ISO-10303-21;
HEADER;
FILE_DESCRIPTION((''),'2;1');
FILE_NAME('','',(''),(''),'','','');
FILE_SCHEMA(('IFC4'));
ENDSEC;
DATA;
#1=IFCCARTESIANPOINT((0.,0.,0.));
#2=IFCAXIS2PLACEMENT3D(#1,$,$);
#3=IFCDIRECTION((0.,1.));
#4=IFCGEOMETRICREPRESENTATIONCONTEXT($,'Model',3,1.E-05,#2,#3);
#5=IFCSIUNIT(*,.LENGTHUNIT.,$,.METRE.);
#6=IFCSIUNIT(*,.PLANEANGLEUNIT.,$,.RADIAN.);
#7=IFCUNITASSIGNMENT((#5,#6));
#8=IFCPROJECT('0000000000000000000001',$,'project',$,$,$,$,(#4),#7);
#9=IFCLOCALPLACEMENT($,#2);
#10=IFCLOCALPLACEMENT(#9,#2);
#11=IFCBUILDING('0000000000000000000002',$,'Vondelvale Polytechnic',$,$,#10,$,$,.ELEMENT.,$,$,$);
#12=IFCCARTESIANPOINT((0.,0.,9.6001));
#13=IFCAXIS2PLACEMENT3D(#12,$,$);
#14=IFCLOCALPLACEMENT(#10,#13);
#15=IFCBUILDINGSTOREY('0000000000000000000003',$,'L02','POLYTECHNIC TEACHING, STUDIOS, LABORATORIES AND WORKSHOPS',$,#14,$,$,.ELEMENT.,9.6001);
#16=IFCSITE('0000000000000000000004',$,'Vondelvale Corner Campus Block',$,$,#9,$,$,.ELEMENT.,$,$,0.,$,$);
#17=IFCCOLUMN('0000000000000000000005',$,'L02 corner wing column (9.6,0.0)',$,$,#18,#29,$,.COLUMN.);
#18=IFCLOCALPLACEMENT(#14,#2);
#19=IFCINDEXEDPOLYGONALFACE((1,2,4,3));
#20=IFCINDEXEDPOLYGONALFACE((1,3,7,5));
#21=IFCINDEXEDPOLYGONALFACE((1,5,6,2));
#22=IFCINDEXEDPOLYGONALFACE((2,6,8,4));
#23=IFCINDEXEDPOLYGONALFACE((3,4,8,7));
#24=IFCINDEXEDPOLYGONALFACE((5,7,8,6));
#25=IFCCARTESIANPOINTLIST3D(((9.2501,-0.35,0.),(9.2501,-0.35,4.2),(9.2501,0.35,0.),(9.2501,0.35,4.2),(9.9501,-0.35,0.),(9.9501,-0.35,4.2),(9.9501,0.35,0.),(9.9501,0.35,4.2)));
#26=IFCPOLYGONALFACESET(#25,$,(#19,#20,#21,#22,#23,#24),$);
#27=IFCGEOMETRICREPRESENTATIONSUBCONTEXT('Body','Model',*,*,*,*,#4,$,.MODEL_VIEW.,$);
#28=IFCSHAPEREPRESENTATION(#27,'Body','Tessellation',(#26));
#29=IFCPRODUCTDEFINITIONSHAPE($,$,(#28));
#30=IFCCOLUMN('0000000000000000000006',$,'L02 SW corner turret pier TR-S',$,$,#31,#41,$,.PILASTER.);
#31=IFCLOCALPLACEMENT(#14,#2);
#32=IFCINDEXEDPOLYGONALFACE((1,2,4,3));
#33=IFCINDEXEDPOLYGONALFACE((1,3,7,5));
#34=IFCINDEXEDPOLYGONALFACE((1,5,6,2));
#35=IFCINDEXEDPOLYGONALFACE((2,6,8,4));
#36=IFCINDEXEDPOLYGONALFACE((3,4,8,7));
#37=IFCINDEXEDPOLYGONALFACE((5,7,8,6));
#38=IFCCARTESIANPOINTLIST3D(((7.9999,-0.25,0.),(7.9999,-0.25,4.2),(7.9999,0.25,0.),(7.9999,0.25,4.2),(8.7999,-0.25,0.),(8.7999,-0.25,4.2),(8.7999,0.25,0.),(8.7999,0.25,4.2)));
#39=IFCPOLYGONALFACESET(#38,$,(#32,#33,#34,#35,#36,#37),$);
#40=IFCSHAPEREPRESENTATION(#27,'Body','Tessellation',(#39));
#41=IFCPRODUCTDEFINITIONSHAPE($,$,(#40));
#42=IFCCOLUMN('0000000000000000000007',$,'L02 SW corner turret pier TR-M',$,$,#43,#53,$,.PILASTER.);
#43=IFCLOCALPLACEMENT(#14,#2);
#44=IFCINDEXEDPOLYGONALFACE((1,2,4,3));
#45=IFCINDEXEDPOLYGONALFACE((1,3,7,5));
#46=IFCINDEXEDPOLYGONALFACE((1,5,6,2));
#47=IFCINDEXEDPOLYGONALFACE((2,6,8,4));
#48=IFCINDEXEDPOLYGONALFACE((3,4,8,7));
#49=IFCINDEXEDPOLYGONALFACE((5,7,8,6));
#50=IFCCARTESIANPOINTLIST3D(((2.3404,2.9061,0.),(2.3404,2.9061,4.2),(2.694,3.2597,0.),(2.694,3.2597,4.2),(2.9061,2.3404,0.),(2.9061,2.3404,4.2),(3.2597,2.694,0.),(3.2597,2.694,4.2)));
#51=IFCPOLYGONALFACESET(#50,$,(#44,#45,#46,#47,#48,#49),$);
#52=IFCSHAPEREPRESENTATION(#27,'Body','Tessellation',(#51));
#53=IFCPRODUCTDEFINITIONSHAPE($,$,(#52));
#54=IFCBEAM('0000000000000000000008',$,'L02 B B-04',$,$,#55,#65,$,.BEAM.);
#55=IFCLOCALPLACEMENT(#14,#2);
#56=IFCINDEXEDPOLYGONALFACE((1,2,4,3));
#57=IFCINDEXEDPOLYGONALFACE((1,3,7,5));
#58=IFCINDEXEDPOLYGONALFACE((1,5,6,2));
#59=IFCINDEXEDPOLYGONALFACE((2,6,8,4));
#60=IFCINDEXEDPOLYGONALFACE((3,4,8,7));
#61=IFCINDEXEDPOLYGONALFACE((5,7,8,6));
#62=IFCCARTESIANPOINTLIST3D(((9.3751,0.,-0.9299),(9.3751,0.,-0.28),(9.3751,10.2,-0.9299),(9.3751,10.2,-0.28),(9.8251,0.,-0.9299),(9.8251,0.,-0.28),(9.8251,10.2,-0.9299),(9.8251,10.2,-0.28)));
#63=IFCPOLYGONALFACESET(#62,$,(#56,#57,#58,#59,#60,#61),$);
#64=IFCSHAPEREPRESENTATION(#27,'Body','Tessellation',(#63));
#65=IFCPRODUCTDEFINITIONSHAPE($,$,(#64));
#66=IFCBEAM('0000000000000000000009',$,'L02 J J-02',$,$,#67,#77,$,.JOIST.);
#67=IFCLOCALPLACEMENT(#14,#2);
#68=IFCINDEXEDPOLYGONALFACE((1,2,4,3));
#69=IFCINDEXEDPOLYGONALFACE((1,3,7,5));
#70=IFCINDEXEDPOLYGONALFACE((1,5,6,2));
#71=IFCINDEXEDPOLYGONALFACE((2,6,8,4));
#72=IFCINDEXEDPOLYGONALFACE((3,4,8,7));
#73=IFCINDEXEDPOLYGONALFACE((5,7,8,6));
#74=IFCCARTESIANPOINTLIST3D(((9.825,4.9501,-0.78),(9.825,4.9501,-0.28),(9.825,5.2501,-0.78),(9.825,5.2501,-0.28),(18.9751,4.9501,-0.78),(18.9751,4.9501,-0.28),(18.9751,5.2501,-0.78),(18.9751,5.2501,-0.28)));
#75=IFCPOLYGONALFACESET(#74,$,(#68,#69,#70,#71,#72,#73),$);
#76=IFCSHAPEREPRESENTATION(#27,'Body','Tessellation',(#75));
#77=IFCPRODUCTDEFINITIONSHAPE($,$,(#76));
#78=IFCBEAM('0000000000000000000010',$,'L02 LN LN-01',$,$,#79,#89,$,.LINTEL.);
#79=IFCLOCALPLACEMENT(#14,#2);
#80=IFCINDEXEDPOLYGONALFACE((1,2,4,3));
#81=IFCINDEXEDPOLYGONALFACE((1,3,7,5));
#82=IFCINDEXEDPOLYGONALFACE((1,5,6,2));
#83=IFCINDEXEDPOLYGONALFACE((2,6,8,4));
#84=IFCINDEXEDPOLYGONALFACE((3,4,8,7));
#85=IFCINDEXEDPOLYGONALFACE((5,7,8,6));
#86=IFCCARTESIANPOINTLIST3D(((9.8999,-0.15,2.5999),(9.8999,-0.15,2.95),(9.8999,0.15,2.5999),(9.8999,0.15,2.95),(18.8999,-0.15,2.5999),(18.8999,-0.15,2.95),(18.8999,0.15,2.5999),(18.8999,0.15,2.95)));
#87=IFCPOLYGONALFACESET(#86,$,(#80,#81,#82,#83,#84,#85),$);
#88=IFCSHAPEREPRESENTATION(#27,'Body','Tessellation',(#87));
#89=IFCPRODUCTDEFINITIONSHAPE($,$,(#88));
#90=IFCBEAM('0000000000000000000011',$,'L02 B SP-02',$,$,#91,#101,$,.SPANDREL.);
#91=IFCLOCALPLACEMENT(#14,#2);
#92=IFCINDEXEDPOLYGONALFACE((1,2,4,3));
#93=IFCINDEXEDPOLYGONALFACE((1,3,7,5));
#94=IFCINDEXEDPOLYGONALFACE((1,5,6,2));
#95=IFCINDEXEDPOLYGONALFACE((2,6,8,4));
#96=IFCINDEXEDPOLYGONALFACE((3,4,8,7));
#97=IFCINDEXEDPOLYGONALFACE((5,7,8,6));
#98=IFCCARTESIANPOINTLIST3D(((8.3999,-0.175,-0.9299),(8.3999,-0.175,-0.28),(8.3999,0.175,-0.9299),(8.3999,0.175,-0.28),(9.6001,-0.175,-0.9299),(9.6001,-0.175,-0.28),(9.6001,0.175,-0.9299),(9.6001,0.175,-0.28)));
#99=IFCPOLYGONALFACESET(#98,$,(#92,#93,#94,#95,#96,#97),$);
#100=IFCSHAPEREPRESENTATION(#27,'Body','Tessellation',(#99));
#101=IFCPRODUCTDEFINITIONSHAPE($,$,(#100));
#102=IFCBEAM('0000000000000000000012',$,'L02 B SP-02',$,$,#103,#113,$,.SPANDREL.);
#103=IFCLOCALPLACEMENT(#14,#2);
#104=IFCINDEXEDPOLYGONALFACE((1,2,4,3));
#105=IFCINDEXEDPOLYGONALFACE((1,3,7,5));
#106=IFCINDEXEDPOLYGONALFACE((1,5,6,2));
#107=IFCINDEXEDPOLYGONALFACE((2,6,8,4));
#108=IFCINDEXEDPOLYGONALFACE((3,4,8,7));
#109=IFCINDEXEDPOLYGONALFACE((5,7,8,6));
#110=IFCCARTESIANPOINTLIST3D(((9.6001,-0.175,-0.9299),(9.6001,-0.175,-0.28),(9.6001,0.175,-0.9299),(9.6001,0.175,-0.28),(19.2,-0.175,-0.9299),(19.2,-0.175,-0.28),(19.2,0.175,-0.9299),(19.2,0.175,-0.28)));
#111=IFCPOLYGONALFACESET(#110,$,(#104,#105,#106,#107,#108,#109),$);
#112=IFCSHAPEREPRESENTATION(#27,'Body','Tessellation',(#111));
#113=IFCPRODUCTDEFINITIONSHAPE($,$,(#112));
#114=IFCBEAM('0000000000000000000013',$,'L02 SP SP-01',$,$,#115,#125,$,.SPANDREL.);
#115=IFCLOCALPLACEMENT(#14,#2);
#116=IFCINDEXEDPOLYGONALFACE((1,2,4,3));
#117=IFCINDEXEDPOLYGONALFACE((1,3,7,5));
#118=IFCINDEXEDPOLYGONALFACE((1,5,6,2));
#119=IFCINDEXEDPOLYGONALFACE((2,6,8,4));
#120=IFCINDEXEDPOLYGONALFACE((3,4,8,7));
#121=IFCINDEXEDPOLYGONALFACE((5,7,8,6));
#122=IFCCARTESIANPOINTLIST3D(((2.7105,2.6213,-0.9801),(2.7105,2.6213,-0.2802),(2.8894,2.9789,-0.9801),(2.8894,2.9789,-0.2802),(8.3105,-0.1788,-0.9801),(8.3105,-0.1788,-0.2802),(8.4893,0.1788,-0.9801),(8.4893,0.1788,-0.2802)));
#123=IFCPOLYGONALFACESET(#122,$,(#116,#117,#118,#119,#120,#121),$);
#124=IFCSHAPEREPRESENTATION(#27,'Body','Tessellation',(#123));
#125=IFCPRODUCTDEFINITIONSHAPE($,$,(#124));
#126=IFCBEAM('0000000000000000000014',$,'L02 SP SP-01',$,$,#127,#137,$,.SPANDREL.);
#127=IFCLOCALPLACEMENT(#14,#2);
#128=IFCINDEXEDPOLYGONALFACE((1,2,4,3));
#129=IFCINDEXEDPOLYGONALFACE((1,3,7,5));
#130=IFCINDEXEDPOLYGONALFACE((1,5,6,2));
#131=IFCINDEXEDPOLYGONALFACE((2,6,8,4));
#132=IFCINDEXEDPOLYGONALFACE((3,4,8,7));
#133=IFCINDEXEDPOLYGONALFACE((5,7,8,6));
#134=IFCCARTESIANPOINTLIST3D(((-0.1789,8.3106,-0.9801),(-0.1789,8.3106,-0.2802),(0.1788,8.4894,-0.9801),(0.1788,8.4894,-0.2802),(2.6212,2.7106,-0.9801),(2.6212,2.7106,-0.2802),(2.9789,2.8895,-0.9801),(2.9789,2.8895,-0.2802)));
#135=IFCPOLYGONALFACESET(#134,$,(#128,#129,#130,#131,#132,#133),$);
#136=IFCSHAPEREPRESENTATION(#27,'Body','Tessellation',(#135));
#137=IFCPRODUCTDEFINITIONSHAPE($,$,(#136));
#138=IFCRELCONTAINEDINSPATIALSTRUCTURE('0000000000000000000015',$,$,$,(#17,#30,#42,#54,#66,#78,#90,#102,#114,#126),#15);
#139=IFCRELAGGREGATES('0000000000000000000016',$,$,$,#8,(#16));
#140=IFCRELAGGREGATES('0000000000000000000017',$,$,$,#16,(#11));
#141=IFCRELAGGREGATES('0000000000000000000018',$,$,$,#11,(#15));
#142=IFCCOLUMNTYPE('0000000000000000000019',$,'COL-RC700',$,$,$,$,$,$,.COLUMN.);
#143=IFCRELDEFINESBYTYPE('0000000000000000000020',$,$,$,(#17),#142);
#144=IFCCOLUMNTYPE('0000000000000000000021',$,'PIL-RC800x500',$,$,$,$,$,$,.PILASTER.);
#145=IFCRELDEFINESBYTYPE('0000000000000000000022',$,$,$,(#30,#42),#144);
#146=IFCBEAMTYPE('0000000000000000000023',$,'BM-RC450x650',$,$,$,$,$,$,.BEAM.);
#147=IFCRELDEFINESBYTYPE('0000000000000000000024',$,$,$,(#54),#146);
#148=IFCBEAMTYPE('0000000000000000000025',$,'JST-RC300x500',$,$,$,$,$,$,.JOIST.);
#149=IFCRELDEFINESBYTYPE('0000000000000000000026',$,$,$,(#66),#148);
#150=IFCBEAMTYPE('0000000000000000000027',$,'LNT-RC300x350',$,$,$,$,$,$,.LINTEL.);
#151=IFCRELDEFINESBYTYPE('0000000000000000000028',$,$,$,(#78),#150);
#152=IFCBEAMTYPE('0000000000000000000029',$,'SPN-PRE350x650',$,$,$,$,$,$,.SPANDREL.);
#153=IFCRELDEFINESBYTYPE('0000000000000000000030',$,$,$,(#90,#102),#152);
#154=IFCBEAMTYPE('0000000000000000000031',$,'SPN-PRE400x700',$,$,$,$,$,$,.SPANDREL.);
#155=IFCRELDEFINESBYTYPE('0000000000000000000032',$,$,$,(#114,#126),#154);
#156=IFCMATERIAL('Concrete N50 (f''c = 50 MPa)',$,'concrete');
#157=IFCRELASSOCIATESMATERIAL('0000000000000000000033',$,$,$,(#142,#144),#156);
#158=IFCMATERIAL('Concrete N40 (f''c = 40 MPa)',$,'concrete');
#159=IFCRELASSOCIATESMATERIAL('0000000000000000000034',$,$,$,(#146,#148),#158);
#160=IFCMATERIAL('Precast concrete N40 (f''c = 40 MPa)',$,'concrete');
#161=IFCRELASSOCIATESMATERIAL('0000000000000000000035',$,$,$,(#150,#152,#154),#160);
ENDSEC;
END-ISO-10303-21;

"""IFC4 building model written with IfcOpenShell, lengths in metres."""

from ifc_helpers import new_model, si_unit, direction, frame, origin, origin_2d, place, context, subcontext, project, spatial, rectangle, extrude, material, material_profile, profile_set, type_object, element, save


model = new_model("IFC4")

# Units and contexts
model_context = context("Model", 3, precision=1e-05, world=origin(), true_north=direction((0.0, 1.0)))
body_context = subcontext(model_context, "Body", "Model", "MODEL_VIEW")
ifc_project = project(units=[si_unit("LENGTHUNIT", "METRE"), si_unit("PLANEANGLEUNIT", "RADIAN")], contexts=[model_context])

# Site, building, storey
site_placement = place(None, origin())
site = spatial("IfcSite", under=ifc_project, at=site_placement, Name="Vondelvale Corner Campus Block", CompositionType="ELEMENT", RefElevation=0.0)
building_placement = place(site_placement, origin())
building = spatial("IfcBuilding", under=site, at=building_placement, Name="Vondelvale Polytechnic", CompositionType="ELEMENT")
storey_placement = place(building_placement, frame((0.0, 0.0, 9.6001)))
storey = spatial("IfcBuildingStorey", under=building, at=storey_placement, Name="L02", Description="POLYTECHNIC TEACHING, STUDIOS, LABORATORIES AND WORKSHOPS", CompositionType="ELEMENT", Elevation=9.6001)

# Columns
ifc_material_1 = material(Name="Concrete N50 (f'c = 50 MPa)", Category="concrete")
ifc_material_profile_1 = material_profile(ifc_material_1, rectangle(XDim=0.7, YDim=0.7, at=origin_2d()), Name="RC-COL-700x700")
ifc_profile_set_1 = profile_set([ifc_material_profile_1], Name="Concrete N50 (f'c = 50 MPa)")
column_type_1 = type_object("IfcColumnType", Name="COL-RC700", PredefinedType="COLUMN", material=ifc_profile_set_1)
column_placement = place(storey_placement, frame((9.6001, 0.0, 0.0), z_axis=(0.0, 0.0, 1.0), x_axis=(1.0, 0.0, 0.0)))
element("IfcColumn", 1, at=column_placement, inside=storey, type_object=column_type_1, Name="L02 corner wing column (9.6,0.0)", PredefinedType="COLUMN", context=body_context, shape_type="SweptSolid", body=[
    extrude(rectangle(XDim=0.7, YDim=0.7, at=origin_2d()), origin(), (0.0, 0.0, 1.0), 4.2),
])
ifc_material_profile_2 = material_profile(ifc_material_1, rectangle(XDim=0.5, YDim=0.8, at=origin_2d()), Name="RC-PIL-800x500")
ifc_profile_set_2 = profile_set([ifc_material_profile_2], Name="Concrete N50 (f'c = 50 MPa)")
column_type_2 = type_object("IfcColumnType", Name="PIL-RC800x500", PredefinedType="PILASTER", material=ifc_profile_set_2)
for number, where, z_axis, x_axis, name in (
    (2, (8.3999, 0.0, 0.0), (0.0, 0.0, 1.0), (0.0, 1.0, 0.0), "L02 SW corner turret pier TR-S"),
    (3, (2.8, 2.8, 0.0), (0.0, 0.0, 1.0), (0.707107, 0.707107, 0.0), "L02 SW corner turret pier TR-M"),
):
    element("IfcColumn", number, at=place(storey_placement, frame(where, z_axis=z_axis, x_axis=x_axis)), inside=storey, type_object=column_type_2, Name=name, PredefinedType="PILASTER", context=body_context, shape_type="SweptSolid", body=[
        extrude(rectangle(XDim=0.5, YDim=0.8, at=origin_2d()), origin(), (0.0, 0.0, 1.0), 4.2),
    ])

# Beams
ifc_material_2 = material(Name="Concrete N40 (f'c = 40 MPa)", Category="concrete")
ifc_material_profile_3 = material_profile(ifc_material_2, rectangle(XDim=0.45, YDim=0.6499, at=origin_2d()), Name="RC-BM-450x650")
ifc_profile_set_3 = profile_set([ifc_material_profile_3], Name="Concrete N40 (f'c = 40 MPa)")
beam_type_1 = type_object("IfcBeamType", Name="BM-RC450x650", PredefinedType="BEAM", material=ifc_profile_set_3)
beam_1_placement = place(storey_placement, frame((9.6001, 0.0, -0.605), z_axis=(0.0, 1.0, 0.0), x_axis=(-1.0, 0.0, 0.0)))
element("IfcBeam", 4, at=beam_1_placement, inside=storey, type_object=beam_type_1, Name="L02 B B-04", PredefinedType="BEAM", context=body_context, shape_type="SweptSolid", body=[
    extrude(rectangle(XDim=0.45, YDim=0.6499, at=origin_2d()), origin(), (0.0, 0.0, 1.0), 10.2),
])
ifc_material_profile_4 = material_profile(ifc_material_2, rectangle(XDim=0.3, YDim=0.5, at=origin_2d()), Name="RC-JST-300x500")
ifc_profile_set_4 = profile_set([ifc_material_profile_4], Name="Concrete N40 (f'c = 40 MPa)")
beam_type_2 = type_object("IfcBeamType", Name="JST-RC300x500", PredefinedType="JOIST", material=ifc_profile_set_4)
beam_2_placement = place(storey_placement, frame((9.825, 5.1001, -0.53), z_axis=(1.0, 0.0, 0.0), x_axis=(0.0, 1.0, 0.0)))
element("IfcBeam", 5, at=beam_2_placement, inside=storey, type_object=beam_type_2, Name="L02 J J-02", PredefinedType="JOIST", context=body_context, shape_type="SweptSolid", body=[
    extrude(rectangle(XDim=0.3, YDim=0.5, at=origin_2d()), origin(), (0.0, 0.0, 1.0), 9.1501),
])
ifc_material_3 = material(Name="Precast concrete N40 (f'c = 40 MPa)", Category="concrete")
ifc_material_profile_5 = material_profile(ifc_material_3, rectangle(XDim=0.3, YDim=0.3501, at=origin_2d()), Name="RC-LNT-300x350")
ifc_profile_set_5 = profile_set([ifc_material_profile_5], Name="Precast concrete N40 (f'c = 40 MPa)")
beam_type_3 = type_object("IfcBeamType", Name="LNT-RC300x350", PredefinedType="LINTEL", material=ifc_profile_set_5)
beam_3_placement = place(storey_placement, frame((9.8999, 0.0, 2.7749), z_axis=(1.0, 0.0, 0.0), x_axis=(0.0, 1.0, 0.0)))
element("IfcBeam", 6, at=beam_3_placement, inside=storey, type_object=beam_type_3, Name="L02 LN LN-01", PredefinedType="LINTEL", context=body_context, shape_type="SweptSolid", body=[
    extrude(rectangle(XDim=0.3, YDim=0.3501, at=origin_2d()), origin(), (0.0, 0.0, 1.0), 9.0),
])
ifc_material_profile_6 = material_profile(ifc_material_3, rectangle(XDim=0.3501, YDim=0.6499, at=origin_2d()), Name="RC-SPN-350x650")
ifc_profile_set_6 = profile_set([ifc_material_profile_6], Name="Precast concrete N40 (f'c = 40 MPa)")
beam_type_4 = type_object("IfcBeamType", Name="SPN-PRE350x650", PredefinedType="SPANDREL", material=ifc_profile_set_6)
beam_4_placement = place(storey_placement, frame((8.3999, 0.0, -0.605), z_axis=(1.0, 0.0, 0.0), x_axis=(0.0, 1.0, 0.0)))
element("IfcBeam", 7, at=beam_4_placement, inside=storey, type_object=beam_type_4, Name="L02 B SP-02", PredefinedType="SPANDREL", context=body_context, shape_type="SweptSolid", body=[
    extrude(rectangle(XDim=0.3501, YDim=0.6499, at=origin_2d()), origin(), (0.0, 0.0, 1.0), 1.2002),
])
beam_5_placement = place(storey_placement, frame((9.6001, 0.0, -0.605), z_axis=(1.0, 0.0, 0.0), x_axis=(0.0, 1.0, 0.0)))
element("IfcBeam", 8, at=beam_5_placement, inside=storey, type_object=beam_type_4, Name="L02 B SP-02", PredefinedType="SPANDREL", context=body_context, shape_type="SweptSolid", body=[
    extrude(rectangle(XDim=0.3501, YDim=0.6499, at=origin_2d()), origin(), (0.0, 0.0, 1.0), 9.5999),
])
ifc_material_profile_7 = material_profile(ifc_material_3, rectangle(XDim=0.3999, YDim=0.7, at=origin_2d()), Name="RC-SPN-400x700")
ifc_profile_set_7 = profile_set([ifc_material_profile_7], Name="Precast concrete N40 (f'c = 40 MPa)")
beam_type_5 = type_object("IfcBeamType", Name="SPN-PRE400x700", PredefinedType="SPANDREL", material=ifc_profile_set_7)
for number, where, z_axis, x_axis, name in (
    (9, (8.3999, 0.0, -0.6301), (-0.894419, 0.447229, 0.0), (-0.447229, -0.894419, 0.0), "L02 SP SP-01"),
    (10, (2.8, 2.8, -0.6301), (-0.447229, 0.894419, 0.0), (-0.894419, -0.447229, 0.0), "L02 SP SP-01"),
):
    element("IfcBeam", number, at=place(storey_placement, frame(where, z_axis=z_axis, x_axis=x_axis)), inside=storey, type_object=beam_type_5, Name=name, PredefinedType="SPANDREL", context=body_context, shape_type="SweptSolid", body=[
        extrude(rectangle(XDim=0.3999, YDim=0.7, at=origin_2d()), origin(), (0.0, 0.0, 1.0), 6.261),
    ])

save(model, "model.ifc")
